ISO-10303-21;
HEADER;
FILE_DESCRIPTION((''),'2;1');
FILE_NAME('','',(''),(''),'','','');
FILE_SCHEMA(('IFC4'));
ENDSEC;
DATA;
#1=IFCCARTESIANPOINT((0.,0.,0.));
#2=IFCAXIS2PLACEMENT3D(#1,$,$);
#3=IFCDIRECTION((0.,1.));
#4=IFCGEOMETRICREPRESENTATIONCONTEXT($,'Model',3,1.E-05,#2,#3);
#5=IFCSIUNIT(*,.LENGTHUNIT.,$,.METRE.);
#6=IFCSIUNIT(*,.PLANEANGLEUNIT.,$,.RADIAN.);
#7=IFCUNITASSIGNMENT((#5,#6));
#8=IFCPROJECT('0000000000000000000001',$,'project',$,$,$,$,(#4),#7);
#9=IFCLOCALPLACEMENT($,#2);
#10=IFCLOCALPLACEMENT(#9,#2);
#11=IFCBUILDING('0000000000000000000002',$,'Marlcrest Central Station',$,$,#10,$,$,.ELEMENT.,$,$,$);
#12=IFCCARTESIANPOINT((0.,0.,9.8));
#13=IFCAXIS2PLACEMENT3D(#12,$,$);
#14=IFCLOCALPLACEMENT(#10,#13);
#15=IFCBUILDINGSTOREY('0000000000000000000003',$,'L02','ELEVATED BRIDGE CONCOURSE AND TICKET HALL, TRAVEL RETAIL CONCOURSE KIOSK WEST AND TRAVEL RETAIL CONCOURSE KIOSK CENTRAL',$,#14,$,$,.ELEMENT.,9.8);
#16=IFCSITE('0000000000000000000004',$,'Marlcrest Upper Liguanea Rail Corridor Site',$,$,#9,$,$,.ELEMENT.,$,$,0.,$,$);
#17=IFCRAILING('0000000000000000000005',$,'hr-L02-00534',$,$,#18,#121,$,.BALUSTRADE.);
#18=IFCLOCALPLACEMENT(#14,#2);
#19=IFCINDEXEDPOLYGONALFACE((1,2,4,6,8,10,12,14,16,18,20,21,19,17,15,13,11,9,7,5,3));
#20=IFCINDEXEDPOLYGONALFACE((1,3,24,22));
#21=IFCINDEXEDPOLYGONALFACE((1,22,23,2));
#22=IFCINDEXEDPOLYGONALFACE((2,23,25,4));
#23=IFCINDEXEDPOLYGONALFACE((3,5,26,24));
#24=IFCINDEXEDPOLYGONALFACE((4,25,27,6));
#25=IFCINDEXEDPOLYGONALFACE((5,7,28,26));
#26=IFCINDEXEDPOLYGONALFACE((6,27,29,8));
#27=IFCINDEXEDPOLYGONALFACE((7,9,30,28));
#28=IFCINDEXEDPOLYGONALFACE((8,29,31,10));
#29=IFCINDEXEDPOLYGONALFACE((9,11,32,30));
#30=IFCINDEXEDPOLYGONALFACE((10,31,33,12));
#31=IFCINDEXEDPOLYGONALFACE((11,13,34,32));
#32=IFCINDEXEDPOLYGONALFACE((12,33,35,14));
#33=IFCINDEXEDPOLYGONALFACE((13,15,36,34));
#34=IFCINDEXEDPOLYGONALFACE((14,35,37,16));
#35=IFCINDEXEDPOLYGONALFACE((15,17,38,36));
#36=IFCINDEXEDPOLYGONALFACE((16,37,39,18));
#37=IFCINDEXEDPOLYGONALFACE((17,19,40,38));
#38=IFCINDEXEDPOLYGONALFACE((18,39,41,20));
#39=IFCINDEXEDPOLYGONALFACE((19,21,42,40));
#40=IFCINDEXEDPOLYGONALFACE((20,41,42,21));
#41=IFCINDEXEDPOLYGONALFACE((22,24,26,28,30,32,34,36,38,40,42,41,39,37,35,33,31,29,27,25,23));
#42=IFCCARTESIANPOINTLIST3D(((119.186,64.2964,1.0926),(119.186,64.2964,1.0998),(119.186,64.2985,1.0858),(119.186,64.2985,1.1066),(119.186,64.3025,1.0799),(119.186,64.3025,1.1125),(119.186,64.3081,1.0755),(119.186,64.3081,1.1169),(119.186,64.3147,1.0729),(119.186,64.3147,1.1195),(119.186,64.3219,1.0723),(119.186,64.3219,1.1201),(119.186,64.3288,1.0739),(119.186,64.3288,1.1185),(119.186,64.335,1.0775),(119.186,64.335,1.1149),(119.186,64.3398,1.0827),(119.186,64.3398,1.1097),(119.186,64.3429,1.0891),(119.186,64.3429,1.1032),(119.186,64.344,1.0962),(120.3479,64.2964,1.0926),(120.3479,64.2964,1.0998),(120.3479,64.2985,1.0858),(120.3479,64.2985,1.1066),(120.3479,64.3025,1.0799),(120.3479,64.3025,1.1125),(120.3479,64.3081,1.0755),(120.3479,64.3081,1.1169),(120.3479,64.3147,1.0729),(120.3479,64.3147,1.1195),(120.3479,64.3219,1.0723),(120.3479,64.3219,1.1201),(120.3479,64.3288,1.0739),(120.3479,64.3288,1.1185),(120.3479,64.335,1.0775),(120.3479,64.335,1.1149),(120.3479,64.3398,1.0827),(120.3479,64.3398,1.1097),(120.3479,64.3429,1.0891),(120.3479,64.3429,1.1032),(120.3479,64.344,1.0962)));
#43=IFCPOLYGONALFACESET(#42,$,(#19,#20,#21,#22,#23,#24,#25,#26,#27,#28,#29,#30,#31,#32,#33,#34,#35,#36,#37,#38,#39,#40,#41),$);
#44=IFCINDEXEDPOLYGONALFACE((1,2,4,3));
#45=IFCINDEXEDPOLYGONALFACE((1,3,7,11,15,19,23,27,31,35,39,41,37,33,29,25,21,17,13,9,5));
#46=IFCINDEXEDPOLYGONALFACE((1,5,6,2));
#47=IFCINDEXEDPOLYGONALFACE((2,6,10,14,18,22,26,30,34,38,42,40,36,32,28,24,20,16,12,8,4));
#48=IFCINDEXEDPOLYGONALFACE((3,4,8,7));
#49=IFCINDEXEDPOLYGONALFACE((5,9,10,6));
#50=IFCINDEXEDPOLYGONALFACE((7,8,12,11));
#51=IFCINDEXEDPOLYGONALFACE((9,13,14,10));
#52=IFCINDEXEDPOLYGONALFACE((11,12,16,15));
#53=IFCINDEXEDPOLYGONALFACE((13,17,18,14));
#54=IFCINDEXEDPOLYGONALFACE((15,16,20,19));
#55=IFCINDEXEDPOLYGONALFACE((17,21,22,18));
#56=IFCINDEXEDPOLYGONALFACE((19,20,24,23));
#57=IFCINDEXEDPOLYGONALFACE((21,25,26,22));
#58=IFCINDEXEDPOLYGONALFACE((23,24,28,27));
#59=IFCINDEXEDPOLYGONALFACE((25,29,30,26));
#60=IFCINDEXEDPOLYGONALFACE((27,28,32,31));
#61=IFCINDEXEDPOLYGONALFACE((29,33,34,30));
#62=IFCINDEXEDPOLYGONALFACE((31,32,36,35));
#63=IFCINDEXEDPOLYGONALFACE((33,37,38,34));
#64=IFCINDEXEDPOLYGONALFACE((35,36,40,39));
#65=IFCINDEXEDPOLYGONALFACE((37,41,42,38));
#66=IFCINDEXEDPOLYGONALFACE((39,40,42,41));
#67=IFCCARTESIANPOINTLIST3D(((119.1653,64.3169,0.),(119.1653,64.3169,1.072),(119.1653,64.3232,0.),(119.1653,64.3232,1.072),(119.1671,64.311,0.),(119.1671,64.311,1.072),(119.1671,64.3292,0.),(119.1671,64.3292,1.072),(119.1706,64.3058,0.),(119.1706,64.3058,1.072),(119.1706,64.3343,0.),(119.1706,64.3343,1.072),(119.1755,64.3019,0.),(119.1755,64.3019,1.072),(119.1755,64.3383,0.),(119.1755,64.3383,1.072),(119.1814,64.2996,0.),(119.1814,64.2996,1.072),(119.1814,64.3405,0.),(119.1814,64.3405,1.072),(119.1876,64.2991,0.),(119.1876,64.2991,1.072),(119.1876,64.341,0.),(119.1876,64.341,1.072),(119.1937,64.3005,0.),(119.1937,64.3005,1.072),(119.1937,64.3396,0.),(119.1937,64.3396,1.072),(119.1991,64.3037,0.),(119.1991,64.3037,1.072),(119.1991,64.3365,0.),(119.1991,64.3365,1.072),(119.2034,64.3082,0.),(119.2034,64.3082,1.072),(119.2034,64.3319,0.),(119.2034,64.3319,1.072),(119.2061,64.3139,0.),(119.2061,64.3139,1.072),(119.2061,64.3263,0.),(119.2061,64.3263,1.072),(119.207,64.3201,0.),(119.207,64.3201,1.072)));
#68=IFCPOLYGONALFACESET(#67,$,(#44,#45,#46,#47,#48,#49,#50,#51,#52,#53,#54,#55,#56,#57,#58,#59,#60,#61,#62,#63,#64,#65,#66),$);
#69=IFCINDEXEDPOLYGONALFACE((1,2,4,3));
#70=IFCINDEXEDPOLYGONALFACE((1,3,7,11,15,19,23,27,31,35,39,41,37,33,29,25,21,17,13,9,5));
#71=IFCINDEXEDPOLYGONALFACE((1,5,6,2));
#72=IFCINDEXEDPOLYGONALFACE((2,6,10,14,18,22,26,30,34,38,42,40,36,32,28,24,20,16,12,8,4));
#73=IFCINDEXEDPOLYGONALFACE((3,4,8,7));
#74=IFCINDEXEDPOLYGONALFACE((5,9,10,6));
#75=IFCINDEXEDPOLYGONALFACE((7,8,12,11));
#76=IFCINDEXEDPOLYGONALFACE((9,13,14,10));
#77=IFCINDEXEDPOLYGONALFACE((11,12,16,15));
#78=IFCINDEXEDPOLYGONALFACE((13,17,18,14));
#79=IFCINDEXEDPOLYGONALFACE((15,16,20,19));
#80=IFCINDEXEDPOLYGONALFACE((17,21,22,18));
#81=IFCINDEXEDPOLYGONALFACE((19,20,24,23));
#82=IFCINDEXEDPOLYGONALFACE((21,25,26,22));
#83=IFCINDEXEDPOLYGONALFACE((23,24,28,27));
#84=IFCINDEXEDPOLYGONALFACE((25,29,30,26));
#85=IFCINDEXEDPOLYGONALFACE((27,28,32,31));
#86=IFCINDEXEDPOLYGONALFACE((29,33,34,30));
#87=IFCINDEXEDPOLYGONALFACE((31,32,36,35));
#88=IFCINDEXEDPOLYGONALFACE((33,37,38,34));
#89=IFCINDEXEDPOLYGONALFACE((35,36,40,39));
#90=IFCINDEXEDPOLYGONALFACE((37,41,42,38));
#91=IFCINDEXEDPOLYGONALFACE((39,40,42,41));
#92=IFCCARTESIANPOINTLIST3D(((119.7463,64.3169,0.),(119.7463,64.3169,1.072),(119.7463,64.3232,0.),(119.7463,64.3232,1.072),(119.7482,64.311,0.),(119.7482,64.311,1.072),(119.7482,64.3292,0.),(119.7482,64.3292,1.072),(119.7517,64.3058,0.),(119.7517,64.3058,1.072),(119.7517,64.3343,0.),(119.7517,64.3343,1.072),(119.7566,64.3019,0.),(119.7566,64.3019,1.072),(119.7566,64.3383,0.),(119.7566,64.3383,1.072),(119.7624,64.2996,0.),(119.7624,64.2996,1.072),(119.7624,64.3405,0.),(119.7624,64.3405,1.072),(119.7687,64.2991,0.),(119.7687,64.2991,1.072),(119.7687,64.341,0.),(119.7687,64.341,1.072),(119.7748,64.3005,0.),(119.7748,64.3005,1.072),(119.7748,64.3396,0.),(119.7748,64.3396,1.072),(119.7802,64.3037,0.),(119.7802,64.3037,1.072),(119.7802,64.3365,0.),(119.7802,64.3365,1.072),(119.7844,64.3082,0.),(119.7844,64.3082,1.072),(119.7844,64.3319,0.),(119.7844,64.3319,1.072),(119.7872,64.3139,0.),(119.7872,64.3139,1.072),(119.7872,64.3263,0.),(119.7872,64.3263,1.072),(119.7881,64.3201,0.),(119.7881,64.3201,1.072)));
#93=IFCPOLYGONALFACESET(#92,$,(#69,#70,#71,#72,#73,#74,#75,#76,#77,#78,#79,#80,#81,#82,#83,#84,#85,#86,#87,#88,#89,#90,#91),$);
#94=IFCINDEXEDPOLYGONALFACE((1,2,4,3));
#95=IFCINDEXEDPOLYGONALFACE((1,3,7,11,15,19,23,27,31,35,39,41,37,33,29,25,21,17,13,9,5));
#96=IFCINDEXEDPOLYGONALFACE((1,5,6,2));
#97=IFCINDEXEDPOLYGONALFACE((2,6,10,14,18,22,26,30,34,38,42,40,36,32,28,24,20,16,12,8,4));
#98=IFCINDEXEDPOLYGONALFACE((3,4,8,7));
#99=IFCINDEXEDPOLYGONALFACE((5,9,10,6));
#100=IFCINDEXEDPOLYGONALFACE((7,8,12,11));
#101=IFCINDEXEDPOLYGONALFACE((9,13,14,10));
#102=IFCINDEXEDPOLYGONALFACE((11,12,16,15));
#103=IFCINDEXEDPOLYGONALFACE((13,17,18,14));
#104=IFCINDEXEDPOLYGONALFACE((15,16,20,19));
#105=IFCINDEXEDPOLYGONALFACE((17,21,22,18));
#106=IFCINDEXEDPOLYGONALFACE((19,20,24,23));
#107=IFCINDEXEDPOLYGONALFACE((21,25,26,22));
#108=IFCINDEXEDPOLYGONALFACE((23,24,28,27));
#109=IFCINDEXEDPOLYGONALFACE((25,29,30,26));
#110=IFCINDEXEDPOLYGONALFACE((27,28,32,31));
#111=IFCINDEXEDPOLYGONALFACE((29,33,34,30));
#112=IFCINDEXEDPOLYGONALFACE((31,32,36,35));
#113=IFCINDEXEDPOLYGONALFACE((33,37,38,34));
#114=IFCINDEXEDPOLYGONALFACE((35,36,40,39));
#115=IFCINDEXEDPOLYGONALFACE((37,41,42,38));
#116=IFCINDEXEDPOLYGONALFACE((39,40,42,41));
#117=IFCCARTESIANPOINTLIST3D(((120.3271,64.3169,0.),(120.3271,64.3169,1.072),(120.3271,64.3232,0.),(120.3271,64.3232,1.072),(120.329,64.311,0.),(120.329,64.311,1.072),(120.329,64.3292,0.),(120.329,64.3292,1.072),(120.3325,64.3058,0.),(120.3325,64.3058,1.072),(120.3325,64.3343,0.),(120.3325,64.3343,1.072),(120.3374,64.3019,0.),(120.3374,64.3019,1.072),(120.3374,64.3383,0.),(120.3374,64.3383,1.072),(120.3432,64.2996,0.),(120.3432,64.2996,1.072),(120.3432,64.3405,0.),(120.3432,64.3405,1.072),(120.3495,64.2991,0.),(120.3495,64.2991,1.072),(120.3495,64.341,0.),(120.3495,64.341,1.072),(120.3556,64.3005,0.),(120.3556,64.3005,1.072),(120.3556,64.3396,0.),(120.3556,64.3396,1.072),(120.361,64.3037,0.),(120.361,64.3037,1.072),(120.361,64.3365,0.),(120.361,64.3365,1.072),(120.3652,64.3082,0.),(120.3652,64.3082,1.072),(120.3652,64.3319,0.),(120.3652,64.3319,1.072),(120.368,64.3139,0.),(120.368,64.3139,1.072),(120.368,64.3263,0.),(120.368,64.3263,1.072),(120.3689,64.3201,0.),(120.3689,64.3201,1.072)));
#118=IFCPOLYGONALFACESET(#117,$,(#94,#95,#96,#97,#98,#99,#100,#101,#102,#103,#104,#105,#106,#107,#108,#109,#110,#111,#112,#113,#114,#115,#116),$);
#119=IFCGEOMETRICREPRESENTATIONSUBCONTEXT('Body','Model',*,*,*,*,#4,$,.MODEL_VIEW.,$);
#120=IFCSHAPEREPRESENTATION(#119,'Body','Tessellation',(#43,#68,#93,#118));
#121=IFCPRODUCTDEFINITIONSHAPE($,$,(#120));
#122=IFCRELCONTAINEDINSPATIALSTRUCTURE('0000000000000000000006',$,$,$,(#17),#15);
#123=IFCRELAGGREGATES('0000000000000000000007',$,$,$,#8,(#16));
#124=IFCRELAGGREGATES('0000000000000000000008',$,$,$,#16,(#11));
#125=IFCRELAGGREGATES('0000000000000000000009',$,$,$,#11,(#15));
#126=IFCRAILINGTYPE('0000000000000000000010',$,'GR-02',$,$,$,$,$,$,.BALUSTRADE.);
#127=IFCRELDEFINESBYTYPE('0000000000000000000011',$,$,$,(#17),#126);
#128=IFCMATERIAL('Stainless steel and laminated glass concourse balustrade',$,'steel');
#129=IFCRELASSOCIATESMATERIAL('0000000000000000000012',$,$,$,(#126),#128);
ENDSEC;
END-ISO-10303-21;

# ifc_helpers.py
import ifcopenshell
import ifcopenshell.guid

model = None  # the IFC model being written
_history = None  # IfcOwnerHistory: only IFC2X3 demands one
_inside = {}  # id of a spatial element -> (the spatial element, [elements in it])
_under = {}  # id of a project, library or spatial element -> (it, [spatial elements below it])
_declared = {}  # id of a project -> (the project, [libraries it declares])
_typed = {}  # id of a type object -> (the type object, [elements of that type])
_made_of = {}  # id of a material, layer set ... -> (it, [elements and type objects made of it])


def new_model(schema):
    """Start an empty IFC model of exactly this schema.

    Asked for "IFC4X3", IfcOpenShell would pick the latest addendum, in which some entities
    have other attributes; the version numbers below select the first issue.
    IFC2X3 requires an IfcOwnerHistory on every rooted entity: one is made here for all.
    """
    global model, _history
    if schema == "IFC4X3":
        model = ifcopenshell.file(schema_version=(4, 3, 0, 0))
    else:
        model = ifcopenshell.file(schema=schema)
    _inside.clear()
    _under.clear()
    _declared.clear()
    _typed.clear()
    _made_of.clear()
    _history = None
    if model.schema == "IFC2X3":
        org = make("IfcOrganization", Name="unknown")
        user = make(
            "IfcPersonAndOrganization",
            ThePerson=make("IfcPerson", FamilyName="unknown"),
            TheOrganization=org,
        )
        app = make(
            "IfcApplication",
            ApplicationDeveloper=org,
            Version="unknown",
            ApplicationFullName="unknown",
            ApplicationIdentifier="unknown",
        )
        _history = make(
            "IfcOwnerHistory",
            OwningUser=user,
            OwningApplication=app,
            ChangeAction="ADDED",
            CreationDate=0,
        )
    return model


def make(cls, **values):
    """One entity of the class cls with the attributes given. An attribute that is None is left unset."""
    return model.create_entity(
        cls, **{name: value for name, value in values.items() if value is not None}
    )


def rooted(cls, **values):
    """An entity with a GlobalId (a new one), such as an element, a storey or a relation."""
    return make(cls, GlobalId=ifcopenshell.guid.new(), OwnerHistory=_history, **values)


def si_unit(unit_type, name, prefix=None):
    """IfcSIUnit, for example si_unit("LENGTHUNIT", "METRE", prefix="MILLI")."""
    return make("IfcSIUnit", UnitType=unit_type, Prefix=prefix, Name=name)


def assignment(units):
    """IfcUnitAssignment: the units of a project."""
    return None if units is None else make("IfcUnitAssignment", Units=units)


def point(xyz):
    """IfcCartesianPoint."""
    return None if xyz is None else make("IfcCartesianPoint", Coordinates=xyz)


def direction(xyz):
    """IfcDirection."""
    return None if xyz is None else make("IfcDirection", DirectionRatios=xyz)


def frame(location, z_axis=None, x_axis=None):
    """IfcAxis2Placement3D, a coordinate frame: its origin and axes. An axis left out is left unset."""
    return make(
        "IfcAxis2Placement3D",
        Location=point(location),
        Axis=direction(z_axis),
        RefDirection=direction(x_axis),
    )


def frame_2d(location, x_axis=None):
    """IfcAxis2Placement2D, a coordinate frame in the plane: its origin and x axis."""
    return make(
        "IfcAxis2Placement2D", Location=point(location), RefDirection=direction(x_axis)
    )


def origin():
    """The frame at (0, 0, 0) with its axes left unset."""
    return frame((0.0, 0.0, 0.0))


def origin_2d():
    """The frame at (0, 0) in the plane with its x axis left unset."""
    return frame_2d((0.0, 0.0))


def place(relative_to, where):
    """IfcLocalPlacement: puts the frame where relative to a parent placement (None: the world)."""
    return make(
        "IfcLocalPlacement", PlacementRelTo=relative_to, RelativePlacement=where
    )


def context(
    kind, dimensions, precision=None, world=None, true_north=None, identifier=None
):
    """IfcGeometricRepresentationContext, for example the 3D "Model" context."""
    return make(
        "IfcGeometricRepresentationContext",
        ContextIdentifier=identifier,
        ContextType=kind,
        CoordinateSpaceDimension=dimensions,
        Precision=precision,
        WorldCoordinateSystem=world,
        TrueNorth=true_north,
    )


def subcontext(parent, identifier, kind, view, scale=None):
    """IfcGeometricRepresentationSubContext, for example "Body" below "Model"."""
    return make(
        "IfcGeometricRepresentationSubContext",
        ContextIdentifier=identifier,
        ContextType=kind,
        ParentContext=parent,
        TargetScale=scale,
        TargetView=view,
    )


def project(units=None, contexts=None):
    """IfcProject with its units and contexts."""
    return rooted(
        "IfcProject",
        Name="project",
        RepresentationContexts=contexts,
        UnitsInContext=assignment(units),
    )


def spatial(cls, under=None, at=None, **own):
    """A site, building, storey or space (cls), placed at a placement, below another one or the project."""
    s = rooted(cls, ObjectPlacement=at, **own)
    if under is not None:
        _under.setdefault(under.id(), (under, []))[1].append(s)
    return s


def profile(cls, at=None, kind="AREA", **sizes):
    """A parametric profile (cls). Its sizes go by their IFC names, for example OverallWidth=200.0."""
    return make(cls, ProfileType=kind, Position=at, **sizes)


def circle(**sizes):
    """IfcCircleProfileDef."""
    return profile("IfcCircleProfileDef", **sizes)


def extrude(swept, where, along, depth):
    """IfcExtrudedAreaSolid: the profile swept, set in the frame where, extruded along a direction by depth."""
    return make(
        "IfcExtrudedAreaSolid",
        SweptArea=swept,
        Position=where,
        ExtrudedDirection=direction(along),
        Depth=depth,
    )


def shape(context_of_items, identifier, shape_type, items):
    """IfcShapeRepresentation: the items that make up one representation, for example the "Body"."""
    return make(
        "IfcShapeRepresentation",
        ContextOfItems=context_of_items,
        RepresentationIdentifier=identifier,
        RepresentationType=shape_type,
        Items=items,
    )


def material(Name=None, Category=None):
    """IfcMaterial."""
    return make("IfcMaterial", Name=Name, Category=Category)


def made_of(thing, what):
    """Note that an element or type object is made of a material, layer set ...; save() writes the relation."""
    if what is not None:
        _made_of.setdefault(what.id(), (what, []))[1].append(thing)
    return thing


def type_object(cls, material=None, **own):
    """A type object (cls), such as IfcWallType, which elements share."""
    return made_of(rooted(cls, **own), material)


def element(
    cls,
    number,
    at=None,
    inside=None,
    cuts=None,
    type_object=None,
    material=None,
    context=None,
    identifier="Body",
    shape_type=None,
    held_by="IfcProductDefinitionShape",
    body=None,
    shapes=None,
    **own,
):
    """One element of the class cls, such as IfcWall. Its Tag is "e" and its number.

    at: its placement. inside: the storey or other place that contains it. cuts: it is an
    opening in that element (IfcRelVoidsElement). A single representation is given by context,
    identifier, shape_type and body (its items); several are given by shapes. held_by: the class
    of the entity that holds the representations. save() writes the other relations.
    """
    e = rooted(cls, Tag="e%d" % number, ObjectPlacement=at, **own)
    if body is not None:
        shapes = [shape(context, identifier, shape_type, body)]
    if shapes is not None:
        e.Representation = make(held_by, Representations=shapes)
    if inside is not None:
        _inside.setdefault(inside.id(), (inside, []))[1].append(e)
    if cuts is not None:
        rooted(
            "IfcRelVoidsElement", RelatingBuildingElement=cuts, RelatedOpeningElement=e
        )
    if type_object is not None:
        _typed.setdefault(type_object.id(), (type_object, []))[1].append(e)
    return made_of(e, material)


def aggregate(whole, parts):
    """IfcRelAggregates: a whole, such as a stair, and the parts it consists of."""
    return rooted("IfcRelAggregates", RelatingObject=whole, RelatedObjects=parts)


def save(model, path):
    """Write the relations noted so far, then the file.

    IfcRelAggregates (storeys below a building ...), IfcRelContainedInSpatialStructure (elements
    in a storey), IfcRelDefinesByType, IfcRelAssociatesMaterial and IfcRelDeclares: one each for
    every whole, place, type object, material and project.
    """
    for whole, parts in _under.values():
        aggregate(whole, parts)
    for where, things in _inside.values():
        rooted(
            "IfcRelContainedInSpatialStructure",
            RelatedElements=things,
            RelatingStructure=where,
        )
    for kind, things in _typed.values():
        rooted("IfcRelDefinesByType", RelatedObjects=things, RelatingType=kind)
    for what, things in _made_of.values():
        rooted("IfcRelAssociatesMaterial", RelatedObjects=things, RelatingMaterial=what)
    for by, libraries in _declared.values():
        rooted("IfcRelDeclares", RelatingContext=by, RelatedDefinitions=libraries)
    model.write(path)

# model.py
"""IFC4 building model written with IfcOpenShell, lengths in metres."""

from ifc_helpers import new_model, si_unit, direction, frame, origin, origin_2d, place, context, subcontext, project, spatial, circle, extrude, material, type_object, element, save


model = new_model("IFC4")

# Units and contexts
model_context = context("Model", 3, precision=1e-05, world=origin(), true_north=direction((0.0, 1.0)))
body_context = subcontext(model_context, "Body", "Model", "MODEL_VIEW")
ifc_project = project(units=[si_unit("LENGTHUNIT", "METRE"), si_unit("PLANEANGLEUNIT", "RADIAN")], contexts=[model_context])

# Site, building, storey
site_placement = place(None, origin())
site = spatial("IfcSite", under=ifc_project, at=site_placement, Name="Marlcrest Upper Liguanea Rail Corridor Site", CompositionType="ELEMENT", RefElevation=0.0)
building_placement = place(site_placement, origin())
building = spatial("IfcBuilding", under=site, at=building_placement, Name="Marlcrest Central Station", CompositionType="ELEMENT")
storey_placement = place(building_placement, frame((0.0, 0.0, 9.8)))
storey = spatial("IfcBuildingStorey", under=building, at=storey_placement, Name="L02", Description="ELEVATED BRIDGE CONCOURSE AND TICKET HALL, TRAVEL RETAIL CONCOURSE KIOSK WEST AND TRAVEL RETAIL CONCOURSE KIOSK CENTRAL", CompositionType="ELEMENT", Elevation=9.8)

# Railing
ifc_material_1 = material(Name="Stainless steel and laminated glass concourse balustrade", Category="steel")
railing_type = type_object("IfcRailingType", Name="GR-02", PredefinedType="BALUSTRADE", material=ifc_material_1)
railing_1_placement = place(storey_placement, frame((119.186, 64.3201, 0.0)))
element("IfcRailing", 1, at=railing_1_placement, inside=storey, type_object=railing_type, Name="hr-L02-00534", PredefinedType="BALUSTRADE", context=body_context, shape_type="SweptSolid", body=[
    extrude(circle(Radius=0.0239, at=origin_2d()), frame((0.0, 0.0, 1.0962), z_axis=(1.0, 0.0, 0.0), x_axis=(0.0, 1.0, 0.0)), (0.0, 0.0, 1.0), 1.1619),
    extrude(circle(Radius=0.021, at=origin_2d()), origin(), (0.0, 0.0, 1.0), 1.072),
    extrude(circle(Radius=0.021, at=origin_2d()), frame((0.5811, 0.0, 0.0)), (0.0, 0.0, 1.0), 1.072),
    extrude(circle(Radius=0.021, at=origin_2d()), frame((1.1619, 0.0, 0.0)), (0.0, 0.0, 1.0), 1.072),
])

save(model, "model.ifc")
